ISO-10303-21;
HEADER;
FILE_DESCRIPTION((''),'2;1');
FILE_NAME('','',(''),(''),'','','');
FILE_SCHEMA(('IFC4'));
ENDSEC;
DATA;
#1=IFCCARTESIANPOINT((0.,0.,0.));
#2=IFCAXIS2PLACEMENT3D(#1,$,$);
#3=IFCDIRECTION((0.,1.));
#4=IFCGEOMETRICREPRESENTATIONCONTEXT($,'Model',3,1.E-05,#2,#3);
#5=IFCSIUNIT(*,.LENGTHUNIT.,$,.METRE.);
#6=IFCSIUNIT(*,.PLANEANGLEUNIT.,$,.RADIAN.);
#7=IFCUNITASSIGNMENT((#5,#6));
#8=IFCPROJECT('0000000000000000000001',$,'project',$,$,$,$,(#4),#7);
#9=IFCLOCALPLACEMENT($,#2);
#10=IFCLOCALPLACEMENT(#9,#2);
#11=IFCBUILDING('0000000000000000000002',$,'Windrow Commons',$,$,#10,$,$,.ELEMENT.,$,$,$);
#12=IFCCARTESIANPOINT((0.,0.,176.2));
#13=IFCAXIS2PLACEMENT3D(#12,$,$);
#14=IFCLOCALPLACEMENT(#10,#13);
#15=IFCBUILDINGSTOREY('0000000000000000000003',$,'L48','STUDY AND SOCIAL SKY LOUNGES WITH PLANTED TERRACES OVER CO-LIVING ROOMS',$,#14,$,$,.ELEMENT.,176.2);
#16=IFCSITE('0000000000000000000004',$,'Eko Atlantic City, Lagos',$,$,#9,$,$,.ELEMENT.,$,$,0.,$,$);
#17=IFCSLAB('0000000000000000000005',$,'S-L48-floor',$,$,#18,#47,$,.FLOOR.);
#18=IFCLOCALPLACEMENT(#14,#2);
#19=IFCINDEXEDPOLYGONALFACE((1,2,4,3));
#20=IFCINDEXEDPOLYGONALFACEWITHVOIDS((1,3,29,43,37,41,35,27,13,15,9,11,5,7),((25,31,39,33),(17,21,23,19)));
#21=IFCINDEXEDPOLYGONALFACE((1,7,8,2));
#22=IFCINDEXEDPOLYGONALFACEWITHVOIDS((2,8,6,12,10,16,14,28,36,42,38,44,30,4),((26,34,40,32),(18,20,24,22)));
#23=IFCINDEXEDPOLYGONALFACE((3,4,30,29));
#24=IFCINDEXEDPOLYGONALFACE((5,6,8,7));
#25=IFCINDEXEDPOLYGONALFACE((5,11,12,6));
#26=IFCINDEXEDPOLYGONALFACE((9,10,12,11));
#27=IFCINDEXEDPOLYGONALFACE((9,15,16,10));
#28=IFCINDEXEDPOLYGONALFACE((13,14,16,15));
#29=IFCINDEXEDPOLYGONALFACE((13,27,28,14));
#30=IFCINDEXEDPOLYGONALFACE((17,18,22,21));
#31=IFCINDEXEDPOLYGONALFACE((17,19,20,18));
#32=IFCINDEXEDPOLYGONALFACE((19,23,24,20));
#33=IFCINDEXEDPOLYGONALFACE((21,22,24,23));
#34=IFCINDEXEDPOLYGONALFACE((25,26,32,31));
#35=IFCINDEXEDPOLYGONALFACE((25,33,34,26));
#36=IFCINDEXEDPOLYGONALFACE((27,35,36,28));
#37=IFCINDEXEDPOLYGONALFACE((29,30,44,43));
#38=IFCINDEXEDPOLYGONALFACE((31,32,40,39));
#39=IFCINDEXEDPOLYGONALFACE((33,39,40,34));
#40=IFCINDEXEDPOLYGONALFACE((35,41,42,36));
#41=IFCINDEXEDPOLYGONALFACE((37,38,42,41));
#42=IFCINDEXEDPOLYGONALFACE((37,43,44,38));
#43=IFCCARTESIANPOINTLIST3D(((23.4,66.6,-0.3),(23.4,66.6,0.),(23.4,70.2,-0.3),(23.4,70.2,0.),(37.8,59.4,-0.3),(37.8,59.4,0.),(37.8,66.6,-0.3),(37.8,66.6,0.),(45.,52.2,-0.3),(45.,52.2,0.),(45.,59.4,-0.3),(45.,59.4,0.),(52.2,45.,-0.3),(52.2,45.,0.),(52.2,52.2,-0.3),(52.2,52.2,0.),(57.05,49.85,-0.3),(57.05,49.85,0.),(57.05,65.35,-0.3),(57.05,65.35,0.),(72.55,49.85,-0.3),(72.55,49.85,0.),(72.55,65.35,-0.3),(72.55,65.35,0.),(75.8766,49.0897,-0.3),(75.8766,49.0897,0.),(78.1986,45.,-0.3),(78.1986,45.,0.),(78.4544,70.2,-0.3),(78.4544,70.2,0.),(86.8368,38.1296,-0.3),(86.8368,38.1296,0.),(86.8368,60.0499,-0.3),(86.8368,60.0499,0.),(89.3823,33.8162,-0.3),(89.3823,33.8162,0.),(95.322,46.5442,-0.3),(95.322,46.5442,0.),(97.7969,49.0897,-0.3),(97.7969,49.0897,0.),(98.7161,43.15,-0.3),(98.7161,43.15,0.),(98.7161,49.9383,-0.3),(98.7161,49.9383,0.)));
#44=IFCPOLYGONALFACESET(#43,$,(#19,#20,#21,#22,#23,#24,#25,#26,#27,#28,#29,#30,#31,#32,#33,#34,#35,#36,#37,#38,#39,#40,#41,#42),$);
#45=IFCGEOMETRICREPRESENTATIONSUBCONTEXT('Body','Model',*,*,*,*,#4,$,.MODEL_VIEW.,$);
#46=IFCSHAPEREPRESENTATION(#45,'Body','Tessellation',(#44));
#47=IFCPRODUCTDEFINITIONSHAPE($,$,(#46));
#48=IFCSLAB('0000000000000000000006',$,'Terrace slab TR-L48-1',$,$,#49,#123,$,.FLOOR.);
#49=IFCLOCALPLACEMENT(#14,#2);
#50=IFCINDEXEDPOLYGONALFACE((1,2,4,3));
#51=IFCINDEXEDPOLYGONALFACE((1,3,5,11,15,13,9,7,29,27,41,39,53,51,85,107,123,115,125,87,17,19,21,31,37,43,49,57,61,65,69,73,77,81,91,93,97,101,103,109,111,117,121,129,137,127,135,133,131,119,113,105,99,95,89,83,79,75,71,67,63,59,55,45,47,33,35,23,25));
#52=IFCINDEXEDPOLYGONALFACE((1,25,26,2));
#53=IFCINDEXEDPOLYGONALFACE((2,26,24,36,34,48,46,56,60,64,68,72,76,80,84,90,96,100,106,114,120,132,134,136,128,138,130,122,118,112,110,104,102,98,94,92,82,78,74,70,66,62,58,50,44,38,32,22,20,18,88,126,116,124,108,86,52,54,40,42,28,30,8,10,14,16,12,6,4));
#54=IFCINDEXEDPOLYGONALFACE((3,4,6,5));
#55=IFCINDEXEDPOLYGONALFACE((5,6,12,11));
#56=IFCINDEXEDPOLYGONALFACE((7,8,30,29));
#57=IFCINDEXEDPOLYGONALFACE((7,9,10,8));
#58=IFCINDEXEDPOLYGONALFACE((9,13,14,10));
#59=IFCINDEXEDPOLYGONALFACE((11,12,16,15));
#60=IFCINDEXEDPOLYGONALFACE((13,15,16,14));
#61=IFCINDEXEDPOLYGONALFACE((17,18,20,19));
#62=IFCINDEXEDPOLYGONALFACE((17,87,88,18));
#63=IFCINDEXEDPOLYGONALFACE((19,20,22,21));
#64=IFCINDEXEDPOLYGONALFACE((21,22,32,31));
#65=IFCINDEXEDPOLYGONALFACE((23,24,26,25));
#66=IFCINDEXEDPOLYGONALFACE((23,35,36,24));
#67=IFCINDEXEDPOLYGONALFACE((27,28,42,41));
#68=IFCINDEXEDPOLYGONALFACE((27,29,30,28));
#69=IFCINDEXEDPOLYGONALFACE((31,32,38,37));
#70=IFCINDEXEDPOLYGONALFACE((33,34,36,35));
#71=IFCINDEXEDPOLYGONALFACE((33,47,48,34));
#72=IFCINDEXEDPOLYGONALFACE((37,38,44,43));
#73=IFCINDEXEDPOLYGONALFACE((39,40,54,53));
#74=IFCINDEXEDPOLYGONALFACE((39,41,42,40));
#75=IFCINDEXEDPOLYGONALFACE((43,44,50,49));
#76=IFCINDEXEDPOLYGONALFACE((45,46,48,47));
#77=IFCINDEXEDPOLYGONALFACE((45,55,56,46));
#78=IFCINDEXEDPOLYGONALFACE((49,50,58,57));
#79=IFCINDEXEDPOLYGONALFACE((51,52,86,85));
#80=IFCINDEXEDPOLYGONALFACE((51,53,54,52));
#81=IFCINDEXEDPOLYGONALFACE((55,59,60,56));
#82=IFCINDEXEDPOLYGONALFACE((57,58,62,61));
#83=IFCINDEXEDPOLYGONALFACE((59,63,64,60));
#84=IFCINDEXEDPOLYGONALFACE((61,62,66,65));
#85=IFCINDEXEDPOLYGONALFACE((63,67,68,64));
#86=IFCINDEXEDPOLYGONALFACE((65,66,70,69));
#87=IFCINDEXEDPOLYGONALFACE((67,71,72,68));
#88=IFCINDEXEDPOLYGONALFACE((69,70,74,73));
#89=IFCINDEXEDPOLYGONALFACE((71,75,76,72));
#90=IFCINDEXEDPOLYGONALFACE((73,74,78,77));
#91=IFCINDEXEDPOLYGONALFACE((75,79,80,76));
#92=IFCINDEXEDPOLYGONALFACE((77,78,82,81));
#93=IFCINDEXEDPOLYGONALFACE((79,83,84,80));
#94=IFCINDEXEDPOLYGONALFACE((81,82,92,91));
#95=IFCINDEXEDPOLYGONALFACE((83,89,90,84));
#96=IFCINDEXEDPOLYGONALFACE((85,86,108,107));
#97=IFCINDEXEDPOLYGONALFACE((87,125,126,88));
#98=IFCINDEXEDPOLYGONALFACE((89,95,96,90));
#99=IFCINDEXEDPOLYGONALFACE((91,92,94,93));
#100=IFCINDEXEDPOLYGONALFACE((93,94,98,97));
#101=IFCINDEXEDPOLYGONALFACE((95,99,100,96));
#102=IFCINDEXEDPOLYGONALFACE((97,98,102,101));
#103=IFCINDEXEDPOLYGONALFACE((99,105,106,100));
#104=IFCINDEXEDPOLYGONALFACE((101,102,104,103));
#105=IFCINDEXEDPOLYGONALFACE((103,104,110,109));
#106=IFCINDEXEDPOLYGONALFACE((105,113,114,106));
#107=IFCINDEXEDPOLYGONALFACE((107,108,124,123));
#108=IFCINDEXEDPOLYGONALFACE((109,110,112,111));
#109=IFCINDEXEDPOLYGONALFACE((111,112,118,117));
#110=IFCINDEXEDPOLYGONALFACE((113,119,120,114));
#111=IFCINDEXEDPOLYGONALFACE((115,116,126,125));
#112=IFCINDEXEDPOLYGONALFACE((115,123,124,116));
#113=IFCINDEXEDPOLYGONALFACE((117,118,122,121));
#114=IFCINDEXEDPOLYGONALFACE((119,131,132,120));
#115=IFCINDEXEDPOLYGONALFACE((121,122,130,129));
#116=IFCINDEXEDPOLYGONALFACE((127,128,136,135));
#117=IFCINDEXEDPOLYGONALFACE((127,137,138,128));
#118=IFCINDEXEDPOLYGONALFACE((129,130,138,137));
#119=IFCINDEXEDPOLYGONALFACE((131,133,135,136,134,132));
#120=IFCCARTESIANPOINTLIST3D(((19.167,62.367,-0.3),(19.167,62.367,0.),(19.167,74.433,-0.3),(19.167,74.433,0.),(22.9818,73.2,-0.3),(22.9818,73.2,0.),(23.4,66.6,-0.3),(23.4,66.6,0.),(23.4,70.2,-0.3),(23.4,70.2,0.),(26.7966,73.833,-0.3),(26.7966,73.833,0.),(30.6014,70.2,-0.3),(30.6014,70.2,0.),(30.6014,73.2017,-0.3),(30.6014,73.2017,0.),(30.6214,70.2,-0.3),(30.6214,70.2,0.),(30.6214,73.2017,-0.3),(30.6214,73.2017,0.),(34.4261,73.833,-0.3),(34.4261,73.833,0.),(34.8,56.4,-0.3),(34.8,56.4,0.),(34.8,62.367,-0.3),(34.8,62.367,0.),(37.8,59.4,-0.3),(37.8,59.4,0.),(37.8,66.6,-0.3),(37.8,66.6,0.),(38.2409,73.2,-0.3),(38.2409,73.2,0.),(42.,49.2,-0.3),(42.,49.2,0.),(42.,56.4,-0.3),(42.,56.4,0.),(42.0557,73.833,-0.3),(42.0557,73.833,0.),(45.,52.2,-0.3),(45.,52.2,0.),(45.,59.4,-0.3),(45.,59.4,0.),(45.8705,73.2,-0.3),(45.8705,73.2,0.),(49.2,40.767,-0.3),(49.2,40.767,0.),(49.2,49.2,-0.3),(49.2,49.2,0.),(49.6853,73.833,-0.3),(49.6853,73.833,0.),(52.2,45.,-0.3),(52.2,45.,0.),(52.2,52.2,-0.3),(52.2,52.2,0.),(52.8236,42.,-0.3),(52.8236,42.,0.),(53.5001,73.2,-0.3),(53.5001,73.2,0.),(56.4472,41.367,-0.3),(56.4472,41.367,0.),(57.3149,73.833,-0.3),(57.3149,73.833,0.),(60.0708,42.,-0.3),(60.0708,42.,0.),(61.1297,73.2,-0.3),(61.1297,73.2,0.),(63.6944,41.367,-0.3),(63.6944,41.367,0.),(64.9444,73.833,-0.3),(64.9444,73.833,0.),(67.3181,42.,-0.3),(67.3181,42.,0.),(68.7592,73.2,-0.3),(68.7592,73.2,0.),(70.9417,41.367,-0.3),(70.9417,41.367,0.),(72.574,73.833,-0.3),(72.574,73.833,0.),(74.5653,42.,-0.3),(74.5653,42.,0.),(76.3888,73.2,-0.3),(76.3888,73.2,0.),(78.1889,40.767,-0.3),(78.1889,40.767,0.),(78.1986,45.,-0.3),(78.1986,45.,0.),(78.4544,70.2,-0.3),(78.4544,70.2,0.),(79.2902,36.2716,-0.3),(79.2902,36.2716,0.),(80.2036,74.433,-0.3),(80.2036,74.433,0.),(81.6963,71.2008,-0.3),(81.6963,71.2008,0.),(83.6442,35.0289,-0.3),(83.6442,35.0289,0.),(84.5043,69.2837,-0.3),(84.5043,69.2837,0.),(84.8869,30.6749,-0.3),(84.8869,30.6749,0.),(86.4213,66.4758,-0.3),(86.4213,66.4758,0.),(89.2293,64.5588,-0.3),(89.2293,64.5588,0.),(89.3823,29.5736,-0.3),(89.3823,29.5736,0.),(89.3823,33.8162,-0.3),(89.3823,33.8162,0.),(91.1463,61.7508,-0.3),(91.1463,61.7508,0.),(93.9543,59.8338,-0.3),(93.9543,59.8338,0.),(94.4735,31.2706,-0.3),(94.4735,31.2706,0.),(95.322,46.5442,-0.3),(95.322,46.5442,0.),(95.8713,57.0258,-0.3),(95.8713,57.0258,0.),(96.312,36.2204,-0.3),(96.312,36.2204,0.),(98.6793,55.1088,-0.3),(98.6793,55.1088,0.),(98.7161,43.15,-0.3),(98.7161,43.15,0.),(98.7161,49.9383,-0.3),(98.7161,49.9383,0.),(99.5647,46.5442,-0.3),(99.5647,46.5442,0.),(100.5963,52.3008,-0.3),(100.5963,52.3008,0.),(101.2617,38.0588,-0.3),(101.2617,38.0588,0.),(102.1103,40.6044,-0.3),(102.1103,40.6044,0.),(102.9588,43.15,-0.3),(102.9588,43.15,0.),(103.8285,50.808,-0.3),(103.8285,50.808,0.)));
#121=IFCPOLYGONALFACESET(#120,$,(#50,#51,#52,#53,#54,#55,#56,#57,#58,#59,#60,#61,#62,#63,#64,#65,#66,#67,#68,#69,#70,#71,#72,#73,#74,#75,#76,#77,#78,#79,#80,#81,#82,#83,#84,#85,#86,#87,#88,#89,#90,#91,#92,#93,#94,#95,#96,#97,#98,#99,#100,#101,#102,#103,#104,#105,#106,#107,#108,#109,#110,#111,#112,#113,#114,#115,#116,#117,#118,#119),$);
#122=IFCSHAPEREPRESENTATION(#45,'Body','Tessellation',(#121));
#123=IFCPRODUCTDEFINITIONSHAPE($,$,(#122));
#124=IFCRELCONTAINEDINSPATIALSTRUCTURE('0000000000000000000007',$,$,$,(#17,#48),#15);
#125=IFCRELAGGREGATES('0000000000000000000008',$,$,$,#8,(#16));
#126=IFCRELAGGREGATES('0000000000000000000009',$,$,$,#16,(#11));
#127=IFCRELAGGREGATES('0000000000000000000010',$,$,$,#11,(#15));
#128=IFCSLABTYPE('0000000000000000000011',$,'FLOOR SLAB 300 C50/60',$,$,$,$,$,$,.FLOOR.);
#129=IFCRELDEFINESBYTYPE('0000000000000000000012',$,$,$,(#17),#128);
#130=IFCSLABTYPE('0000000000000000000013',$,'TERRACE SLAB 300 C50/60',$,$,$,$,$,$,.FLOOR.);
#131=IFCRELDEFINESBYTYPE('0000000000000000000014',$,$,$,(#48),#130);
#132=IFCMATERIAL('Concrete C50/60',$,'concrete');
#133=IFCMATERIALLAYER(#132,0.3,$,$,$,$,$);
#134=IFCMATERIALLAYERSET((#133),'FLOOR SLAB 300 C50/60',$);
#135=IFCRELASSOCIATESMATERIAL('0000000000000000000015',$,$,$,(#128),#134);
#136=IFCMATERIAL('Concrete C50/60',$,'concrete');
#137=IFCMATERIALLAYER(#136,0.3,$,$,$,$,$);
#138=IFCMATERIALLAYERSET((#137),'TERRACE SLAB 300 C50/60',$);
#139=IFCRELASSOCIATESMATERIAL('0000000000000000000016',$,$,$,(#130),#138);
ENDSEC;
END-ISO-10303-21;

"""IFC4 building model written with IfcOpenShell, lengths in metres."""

from ifc_helpers import new_model, si_unit, direction, frame, origin, place, context, subcontext, project, spatial, polyline, outline, extrude, material, layer, layer_set, type_object, element, save


model = new_model("IFC4")

# Units and contexts
model_context = context("Model", 3, precision=1e-05, world=origin(), true_north=direction((0.0, 1.0)))
body_context = subcontext(model_context, "Body", "Model", "MODEL_VIEW")
ifc_project = project(units=[si_unit("LENGTHUNIT", "METRE"), si_unit("PLANEANGLEUNIT", "RADIAN")], contexts=[model_context])

# Site, building, storey
site_placement = place(None, origin())
building_placement = place(site_placement, origin())
storey_placement = place(building_placement, frame((0.0, 0.0, 176.2)))
site = spatial("IfcSite", under=ifc_project, at=site_placement, Name="Eko Atlantic City, Lagos", CompositionType="ELEMENT", RefElevation=0.0)
building = spatial("IfcBuilding", under=site, at=building_placement, Name="Windrow Commons", CompositionType="ELEMENT")
storey = spatial("IfcBuildingStorey", under=building, at=storey_placement, Name="L48", Description="STUDY AND SOCIAL SKY LOUNGES WITH PLANTED TERRACES OVER CO-LIVING ROOMS", CompositionType="ELEMENT", Elevation=176.2)

# Shared definitions
placement_1 = place(storey_placement, frame((0.0, 0.0, -0.3)))

# Slab, openings
ifc_material_1 = material(Name="Concrete C50/60", Category="concrete")
ifc_layer_1 = layer(ifc_material_1, 0.3)
ifc_layer_set_1 = layer_set([ifc_layer_1], Name="FLOOR SLAB 300 C50/60")
slab_type_1 = type_object("IfcSlabType", Name="FLOOR SLAB 300 C50/60", PredefinedType="FLOOR", material=ifc_layer_set_1)
slab_1 = element("IfcSlab", 1, at=placement_1, inside=storey, type_object=slab_type_1, Name="S-L48-floor", PredefinedType="FLOOR", context=body_context, shape_type="SweptSolid", body=[
    extrude(outline(polyline([(98.7161, 43.15), (95.322, 46.5442), (98.7161, 49.9383), (78.4544, 70.2), (23.4, 70.2), (23.4, 66.6), (37.8, 66.6), (37.8, 59.4), (45.0, 59.4), (45.0, 52.2), (52.2, 52.2), (52.2, 45.0), (78.1986, 45.0), (89.3823, 33.8162), (98.7161, 43.15)]), holes=[polyline([(75.8766, 49.0897), (86.8368, 60.0499), (97.7969, 49.0897), (86.8368, 38.1296), (75.8766, 49.0897)]), polyline([(57.05, 49.85), (57.05, 65.35), (72.55, 65.35), (72.55, 49.85), (57.05, 49.85)])]), origin(), (0.0, 0.0, 1.0), 0.3),
])
opening_1_placement = place(placement_1, origin())
element("IfcOpeningElement", 2, at=opening_1_placement, cuts=slab_1, PredefinedType="OPENING", context=body_context, shape_type="SweptSolid", body=[
    extrude(outline(polyline([(75.8837, 49.0897), (86.8368, 60.0428), (97.7898, 49.0897), (86.8368, 38.1367), (75.8837, 49.0897)])), origin(), (0.0, 0.0, 1.0), 0.3),
])
opening_2_placement = place(placement_1, origin())
element("IfcOpeningElement", 3, at=opening_2_placement, cuts=slab_1, PredefinedType="OPENING", context=body_context, shape_type="SweptSolid", body=[
    extrude(outline(polyline([(57.055, 49.855), (57.055, 65.345), (72.545, 65.345), (72.545, 49.855), (57.055, 49.855)])), origin(), (0.0, 0.0, 1.0), 0.3),
])

# Slab
ifc_material_2 = material(Name="Concrete C50/60", Category="concrete")
ifc_layer_2 = layer(ifc_material_2, 0.3)
ifc_layer_set_2 = layer_set([ifc_layer_2], Name="TERRACE SLAB 300 C50/60")
slab_type_2 = type_object("IfcSlabType", Name="TERRACE SLAB 300 C50/60", PredefinedType="FLOOR", material=ifc_layer_set_2)
element("IfcSlab", 4, at=placement_1, inside=storey, type_object=slab_type_2, Name="Terrace slab TR-L48-1", PredefinedType="FLOOR", context=body_context, shape_type="SweptSolid", body=[
    extrude(outline(polyline([(63.6944, 41.367), (67.3181, 42.0), (70.9417, 41.367), (74.5653, 42.0), (78.1889, 40.767), (79.2902, 36.2716), (83.6442, 35.0289), (84.8869, 30.6749), (89.3823, 29.5736), (94.4735, 31.2706), (96.312, 36.2204), (101.2617, 38.0588), (102.1103, 40.6044), (102.9588, 43.15), (99.5647, 46.5442), (103.8285, 50.808), (100.5963, 52.3008), (98.6793, 55.1088), (95.8713, 57.0258), (93.9543, 59.8338), (91.1463, 61.7508), (89.2293, 64.5588), (86.4213, 66.4758), (84.5043, 69.2837), (81.6963, 71.2008), (80.2036, 74.433), (76.3888, 73.2), (72.574, 73.833), (68.7592, 73.2), (64.9444, 73.833), (61.1297, 73.2), (57.3149, 73.833), (53.5001, 73.2), (49.6853, 73.833), (45.8705, 73.2), (42.0557, 73.833), (38.2409, 73.2), (34.4261, 73.833), (30.6214, 73.2017), (30.6214, 70.2), (78.4544, 70.2), (98.7161, 49.9383), (95.322, 46.5442), (98.7161, 43.15), (89.3823, 33.8162), (78.1986, 45.0), (52.2, 45.0), (52.2, 52.2), (45.0, 52.2), (45.0, 59.4), (37.8, 59.4), (37.8, 66.6), (23.4, 66.6), (23.4, 70.2), (30.6014, 70.2), (30.6014, 73.2017), (26.7966, 73.833), (22.9818, 73.2), (19.167, 74.433), (19.167, 62.367), (34.8, 62.367), (34.8, 56.4), (42.0, 56.4), (42.0, 49.2), (49.2, 49.2), (49.2, 40.767), (52.8236, 42.0), (56.4472, 41.367), (60.0708, 42.0), (63.6944, 41.367)])), origin(), (0.0, 0.0, 1.0), 0.3),
])

save(model, "model.ifc")
